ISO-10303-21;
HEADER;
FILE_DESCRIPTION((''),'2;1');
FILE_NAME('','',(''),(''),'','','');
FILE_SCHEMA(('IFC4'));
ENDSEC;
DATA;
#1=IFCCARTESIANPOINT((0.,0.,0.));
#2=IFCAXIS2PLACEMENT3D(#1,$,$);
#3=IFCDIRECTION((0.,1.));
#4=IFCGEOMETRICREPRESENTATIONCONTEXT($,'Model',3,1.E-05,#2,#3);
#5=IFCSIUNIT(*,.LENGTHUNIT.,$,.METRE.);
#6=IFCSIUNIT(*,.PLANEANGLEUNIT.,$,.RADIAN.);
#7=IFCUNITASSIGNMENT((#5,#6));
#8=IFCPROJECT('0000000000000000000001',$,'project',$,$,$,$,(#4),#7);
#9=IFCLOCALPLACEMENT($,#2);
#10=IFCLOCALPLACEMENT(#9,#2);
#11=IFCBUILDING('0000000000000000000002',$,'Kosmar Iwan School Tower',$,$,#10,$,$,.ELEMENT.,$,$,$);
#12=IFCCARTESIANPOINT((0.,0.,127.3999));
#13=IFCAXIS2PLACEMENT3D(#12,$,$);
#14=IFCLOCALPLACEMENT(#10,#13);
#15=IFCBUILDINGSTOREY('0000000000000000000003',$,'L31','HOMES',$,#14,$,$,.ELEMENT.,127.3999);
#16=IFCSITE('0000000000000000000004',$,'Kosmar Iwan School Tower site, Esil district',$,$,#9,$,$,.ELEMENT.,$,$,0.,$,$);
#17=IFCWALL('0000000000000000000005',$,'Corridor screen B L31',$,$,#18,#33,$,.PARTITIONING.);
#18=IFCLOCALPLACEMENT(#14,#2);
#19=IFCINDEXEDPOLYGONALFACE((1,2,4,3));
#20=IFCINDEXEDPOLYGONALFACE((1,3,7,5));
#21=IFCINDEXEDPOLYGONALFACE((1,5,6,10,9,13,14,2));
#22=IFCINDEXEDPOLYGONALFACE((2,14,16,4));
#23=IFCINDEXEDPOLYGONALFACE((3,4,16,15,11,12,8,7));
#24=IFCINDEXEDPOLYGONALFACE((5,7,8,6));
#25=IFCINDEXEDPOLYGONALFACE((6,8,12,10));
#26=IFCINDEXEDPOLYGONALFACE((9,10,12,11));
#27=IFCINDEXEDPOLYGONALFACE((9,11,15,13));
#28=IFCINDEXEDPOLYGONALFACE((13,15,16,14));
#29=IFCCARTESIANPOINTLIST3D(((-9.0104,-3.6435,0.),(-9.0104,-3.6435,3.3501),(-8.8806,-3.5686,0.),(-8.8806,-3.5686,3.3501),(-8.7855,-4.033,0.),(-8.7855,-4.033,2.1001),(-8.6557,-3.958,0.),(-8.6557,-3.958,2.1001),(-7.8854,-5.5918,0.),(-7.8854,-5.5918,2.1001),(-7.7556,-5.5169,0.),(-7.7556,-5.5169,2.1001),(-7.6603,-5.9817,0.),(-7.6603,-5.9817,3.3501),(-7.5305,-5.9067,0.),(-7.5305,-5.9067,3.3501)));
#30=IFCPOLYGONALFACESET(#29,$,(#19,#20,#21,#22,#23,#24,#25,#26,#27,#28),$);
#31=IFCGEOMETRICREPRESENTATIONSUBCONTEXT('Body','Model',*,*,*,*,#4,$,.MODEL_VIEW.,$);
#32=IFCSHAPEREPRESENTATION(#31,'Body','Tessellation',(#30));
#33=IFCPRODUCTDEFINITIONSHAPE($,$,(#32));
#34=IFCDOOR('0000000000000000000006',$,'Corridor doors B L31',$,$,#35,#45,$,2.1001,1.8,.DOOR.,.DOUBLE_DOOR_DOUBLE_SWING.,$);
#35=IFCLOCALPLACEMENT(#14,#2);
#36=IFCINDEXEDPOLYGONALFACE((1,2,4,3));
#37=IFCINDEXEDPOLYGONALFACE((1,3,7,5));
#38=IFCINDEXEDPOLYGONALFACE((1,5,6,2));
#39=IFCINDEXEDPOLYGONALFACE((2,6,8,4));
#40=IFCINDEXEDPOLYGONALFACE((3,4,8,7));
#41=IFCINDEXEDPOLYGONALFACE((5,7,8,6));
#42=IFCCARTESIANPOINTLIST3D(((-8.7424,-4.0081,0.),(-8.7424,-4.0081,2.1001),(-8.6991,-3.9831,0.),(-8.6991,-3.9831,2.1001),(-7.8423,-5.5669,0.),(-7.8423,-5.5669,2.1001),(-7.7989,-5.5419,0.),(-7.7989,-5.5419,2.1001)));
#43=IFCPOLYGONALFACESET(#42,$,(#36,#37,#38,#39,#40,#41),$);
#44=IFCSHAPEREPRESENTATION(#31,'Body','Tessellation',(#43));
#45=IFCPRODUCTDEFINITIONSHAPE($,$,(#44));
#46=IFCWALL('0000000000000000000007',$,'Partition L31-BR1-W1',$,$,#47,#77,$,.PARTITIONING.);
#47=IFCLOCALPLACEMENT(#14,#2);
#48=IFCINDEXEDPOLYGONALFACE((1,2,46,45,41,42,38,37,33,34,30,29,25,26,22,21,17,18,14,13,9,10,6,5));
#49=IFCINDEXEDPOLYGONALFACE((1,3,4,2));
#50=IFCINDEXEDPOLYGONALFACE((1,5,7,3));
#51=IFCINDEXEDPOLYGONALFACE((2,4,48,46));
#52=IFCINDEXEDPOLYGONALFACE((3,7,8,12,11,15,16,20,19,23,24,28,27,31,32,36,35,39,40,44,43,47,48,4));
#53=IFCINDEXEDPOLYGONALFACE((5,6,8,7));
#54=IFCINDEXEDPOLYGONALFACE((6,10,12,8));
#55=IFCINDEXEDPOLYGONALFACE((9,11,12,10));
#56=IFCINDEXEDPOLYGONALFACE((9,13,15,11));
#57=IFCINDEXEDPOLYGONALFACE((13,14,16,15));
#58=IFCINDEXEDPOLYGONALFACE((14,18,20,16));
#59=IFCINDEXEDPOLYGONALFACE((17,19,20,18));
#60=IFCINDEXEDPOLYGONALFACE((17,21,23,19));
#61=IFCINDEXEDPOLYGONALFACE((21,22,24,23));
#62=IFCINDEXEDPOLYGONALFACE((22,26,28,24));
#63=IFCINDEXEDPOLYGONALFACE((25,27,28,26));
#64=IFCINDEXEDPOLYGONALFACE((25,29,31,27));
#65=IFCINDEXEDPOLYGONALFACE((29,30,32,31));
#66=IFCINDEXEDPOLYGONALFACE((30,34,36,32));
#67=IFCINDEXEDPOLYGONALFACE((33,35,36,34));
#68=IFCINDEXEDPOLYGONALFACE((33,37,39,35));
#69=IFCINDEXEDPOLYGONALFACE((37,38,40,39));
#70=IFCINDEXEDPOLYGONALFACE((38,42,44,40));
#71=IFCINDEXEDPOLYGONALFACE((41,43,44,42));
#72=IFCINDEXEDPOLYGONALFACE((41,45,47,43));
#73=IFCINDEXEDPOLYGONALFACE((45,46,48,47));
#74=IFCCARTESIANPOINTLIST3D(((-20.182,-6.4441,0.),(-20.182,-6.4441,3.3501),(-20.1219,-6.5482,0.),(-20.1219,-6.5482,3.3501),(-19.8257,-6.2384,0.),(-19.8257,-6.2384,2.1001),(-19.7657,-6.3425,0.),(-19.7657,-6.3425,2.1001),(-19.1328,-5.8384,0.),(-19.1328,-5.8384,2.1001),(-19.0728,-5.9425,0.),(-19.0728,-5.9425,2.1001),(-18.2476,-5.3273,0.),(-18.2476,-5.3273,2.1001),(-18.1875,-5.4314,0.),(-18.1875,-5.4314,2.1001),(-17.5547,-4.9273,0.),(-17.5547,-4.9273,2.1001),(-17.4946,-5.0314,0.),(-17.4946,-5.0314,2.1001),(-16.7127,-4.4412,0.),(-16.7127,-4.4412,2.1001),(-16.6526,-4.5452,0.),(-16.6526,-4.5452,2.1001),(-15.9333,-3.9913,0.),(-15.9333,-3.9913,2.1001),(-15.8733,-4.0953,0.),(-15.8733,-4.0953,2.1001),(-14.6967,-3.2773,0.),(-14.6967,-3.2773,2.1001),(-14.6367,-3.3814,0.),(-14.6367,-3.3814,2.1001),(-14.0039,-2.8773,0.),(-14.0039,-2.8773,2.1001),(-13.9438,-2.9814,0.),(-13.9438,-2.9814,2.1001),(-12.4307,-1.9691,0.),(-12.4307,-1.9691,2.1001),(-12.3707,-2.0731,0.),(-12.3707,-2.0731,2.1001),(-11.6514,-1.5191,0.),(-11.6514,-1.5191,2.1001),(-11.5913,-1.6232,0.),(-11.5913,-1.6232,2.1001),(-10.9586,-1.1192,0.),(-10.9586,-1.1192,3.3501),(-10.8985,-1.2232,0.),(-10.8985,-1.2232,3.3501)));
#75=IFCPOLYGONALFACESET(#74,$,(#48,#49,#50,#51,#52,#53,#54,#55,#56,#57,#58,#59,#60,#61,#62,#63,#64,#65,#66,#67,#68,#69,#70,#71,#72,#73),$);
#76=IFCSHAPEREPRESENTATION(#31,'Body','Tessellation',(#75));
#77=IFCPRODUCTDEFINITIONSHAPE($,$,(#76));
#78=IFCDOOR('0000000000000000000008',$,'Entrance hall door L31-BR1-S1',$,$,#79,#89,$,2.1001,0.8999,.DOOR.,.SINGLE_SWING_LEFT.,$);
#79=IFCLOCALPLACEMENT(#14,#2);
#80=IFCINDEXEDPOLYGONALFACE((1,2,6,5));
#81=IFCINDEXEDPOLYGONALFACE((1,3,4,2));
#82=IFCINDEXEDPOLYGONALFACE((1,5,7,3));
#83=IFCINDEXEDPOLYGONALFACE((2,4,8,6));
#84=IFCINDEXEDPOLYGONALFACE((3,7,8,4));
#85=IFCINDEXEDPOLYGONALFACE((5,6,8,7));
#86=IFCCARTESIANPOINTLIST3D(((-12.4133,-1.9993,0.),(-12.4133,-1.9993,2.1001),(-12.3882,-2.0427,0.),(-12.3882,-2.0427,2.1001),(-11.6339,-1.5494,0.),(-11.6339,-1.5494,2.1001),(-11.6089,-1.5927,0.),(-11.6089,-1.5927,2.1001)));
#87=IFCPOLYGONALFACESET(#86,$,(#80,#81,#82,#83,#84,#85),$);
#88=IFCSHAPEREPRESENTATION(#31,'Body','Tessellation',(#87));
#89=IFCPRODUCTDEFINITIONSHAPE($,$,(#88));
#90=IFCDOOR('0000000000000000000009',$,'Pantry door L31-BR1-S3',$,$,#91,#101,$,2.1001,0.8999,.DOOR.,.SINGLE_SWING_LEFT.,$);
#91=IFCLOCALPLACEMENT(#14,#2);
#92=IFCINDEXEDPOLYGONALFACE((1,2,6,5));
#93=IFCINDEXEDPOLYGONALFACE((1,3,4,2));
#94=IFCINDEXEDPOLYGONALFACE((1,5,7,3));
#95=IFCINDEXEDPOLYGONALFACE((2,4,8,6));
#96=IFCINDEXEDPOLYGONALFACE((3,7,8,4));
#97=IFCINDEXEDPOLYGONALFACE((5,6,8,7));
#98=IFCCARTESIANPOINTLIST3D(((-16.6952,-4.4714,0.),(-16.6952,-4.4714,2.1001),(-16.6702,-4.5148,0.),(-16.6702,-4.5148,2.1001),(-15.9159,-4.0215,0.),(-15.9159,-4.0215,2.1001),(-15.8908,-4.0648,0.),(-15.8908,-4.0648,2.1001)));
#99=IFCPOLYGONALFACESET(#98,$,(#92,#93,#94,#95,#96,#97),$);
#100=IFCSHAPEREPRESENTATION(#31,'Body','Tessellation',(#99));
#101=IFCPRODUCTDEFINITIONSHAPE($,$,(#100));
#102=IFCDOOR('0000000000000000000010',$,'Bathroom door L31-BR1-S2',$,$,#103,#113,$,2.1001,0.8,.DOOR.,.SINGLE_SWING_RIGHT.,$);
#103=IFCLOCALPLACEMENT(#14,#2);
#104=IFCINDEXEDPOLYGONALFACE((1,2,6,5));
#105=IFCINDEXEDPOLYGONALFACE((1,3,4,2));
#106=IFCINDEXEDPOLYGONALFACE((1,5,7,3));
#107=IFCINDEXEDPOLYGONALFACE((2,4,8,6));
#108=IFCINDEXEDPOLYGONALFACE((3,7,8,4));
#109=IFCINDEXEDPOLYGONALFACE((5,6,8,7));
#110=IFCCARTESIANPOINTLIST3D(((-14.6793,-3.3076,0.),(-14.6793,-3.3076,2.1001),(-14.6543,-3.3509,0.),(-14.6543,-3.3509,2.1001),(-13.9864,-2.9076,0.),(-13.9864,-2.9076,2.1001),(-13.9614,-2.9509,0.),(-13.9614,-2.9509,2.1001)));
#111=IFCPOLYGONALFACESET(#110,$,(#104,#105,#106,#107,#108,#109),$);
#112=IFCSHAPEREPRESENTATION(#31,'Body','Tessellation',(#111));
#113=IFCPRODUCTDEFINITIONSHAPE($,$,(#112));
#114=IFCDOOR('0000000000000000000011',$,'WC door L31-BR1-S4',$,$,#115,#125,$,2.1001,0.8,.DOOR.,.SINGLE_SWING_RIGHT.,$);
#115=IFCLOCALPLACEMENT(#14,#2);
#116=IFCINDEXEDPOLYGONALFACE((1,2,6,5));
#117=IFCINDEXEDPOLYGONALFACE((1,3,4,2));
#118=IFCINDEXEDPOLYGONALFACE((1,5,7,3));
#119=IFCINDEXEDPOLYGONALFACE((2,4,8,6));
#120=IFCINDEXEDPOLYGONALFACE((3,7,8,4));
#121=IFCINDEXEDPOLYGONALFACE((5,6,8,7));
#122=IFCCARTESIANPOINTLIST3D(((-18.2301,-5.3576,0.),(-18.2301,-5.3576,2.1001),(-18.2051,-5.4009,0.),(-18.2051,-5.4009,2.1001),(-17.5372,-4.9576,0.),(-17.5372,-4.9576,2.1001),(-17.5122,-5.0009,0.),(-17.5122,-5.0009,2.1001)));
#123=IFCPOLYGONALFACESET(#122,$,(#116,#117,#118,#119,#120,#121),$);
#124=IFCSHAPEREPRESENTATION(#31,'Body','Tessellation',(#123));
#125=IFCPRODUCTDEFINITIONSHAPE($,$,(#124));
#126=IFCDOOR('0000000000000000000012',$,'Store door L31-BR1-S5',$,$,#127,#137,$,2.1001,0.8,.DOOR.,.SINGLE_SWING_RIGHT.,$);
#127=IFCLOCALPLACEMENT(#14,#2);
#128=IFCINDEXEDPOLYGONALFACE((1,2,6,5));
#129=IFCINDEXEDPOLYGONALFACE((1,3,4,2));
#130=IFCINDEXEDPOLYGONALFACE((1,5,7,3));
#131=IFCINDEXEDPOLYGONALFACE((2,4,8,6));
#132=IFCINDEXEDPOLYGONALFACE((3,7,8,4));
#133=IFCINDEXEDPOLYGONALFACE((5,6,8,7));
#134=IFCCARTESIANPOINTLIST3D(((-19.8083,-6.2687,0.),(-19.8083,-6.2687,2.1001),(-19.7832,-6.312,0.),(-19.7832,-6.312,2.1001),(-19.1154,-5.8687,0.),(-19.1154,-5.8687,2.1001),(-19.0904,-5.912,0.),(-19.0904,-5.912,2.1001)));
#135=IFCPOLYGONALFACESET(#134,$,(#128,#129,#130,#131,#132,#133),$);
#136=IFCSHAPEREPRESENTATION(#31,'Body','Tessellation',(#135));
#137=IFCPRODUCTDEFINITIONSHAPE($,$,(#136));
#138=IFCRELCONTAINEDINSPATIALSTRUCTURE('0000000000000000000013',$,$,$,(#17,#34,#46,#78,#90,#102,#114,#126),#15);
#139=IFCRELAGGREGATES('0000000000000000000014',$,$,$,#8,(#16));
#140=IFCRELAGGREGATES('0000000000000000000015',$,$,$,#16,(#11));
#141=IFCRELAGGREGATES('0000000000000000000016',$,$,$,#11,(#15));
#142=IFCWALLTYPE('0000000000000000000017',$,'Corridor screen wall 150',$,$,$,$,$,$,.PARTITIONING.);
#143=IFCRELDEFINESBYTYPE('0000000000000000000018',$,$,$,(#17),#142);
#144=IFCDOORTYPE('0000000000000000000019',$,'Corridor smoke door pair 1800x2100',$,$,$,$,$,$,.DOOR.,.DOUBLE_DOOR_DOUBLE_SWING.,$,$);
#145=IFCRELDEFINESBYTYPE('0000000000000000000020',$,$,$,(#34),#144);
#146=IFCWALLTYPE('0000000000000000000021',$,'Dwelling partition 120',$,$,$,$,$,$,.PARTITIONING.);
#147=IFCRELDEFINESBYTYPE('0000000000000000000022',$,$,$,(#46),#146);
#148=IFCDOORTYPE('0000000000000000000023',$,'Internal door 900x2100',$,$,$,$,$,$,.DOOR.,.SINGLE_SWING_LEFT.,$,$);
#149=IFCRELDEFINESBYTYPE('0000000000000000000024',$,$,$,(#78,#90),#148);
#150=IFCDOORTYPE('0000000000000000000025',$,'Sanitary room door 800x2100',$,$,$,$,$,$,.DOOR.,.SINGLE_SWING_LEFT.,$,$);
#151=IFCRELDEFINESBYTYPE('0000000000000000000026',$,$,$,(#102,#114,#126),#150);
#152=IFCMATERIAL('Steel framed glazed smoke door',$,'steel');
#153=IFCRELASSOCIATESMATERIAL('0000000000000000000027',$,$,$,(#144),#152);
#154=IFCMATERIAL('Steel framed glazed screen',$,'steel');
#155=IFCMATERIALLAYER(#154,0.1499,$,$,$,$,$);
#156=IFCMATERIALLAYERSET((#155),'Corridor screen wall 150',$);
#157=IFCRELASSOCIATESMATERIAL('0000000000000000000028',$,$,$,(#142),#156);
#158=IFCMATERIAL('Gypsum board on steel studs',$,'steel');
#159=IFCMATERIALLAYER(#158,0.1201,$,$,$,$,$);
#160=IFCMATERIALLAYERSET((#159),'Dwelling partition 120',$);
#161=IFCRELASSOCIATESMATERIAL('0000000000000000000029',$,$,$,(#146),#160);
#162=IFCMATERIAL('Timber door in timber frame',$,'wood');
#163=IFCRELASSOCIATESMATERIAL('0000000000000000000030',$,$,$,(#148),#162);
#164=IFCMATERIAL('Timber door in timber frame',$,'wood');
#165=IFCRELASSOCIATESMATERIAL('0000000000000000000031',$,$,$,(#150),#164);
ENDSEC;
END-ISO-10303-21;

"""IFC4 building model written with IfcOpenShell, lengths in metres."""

from ifc_helpers import new_model, si_unit, direction, frame, frame_2d, origin, place, context, subcontext, project, spatial, rectangle, extrude, material, layer, layer_set, type_object, element, fill, save


model = new_model("IFC4")

# Units and contexts
model_context = context("Model", 3, precision=1e-05, world=origin(), true_north=direction((0.0, 1.0)))
body_context = subcontext(model_context, "Body", "Model", "MODEL_VIEW")
ifc_project = project(units=[si_unit("LENGTHUNIT", "METRE"), si_unit("PLANEANGLEUNIT", "RADIAN")], contexts=[model_context])

# Site, building, storey
site_placement = place(None, origin())
site = spatial("IfcSite", under=ifc_project, at=site_placement, Name="Kosmar Iwan School Tower site, Esil district", CompositionType="ELEMENT", RefElevation=0.0)
building_placement = place(site_placement, origin())
building = spatial("IfcBuilding", under=site, at=building_placement, Name="Kosmar Iwan School Tower", CompositionType="ELEMENT")
storey_placement = place(building_placement, frame((0.0, 0.0, 127.3999)))
storey = spatial("IfcBuildingStorey", under=building, at=storey_placement, Name="L31", Description="HOMES", CompositionType="ELEMENT", Elevation=127.3999)

# Wall, opening, door
ifc_material_1 = material(Name="Steel framed glazed smoke door", Category="steel")
door_type_1 = type_object("IfcDoorType", Name="Corridor smoke door pair 1800x2100", OperationType="DOUBLE_DOOR_DOUBLE_SWING", PredefinedType="DOOR", material=ifc_material_1)
ifc_material_2 = material(Name="Steel framed glazed screen", Category="steel")
ifc_layer_1 = layer(ifc_material_2, 0.1499)
ifc_layer_set_1 = layer_set([ifc_layer_1], Name="Corridor screen wall 150")
wall_type_1 = type_object("IfcWallType", Name="Corridor screen wall 150", PredefinedType="PARTITIONING", material=ifc_layer_set_1)
wall_1_placement = place(storey_placement, frame((-8.9456, -3.606, 0.0), z_axis=(0.0, 0.0, 1.0), x_axis=(0.500049, -0.865997, 0.0)))
wall_1 = element("IfcWall", 1, at=wall_1_placement, inside=storey, type_object=wall_type_1, Name="Corridor screen B L31", PredefinedType="PARTITIONING", context=body_context, shape_type="SweptSolid", body=[
    extrude(rectangle(XDim=2.7, YDim=0.1499, at=frame_2d((1.3501, 0.0))), origin(), (0.0, 0.0, 1.0), 3.3501),
])
opening_1_placement = place(wall_1_placement, frame((0.45, 0.0, 0.0)))
opening_1 = element("IfcOpeningElement", 2, at=opening_1_placement, cuts=wall_1, PredefinedType="OPENING", context=body_context, shape_type="SweptSolid", body=[
    extrude(rectangle(XDim=1.8, YDim=2.1001, at=frame_2d((0.8999, 1.05))), frame((0.0, 0.0869, 0.0), z_axis=(0.0, -1.0, 0.0), x_axis=(1.0, 0.0, 0.0)), (0.0, 0.0, 1.0), 0.1738),
])
door_1_placement = place(opening_1_placement, origin())
door_1 = element("IfcDoor", 3, at=door_1_placement, inside=storey, type_object=door_type_1, Name="Corridor doors B L31", OperationType="DOUBLE_DOOR_DOUBLE_SWING", OverallHeight=2.1001, OverallWidth=1.8, PredefinedType="DOOR", context=body_context, shape_type="SweptSolid", body=[
    extrude(rectangle(XDim=1.8, YDim=2.1001, at=frame_2d((0.8999, 1.05))), frame((0.0, 0.0249, 0.0), z_axis=(0.0, -1.0, 0.0), x_axis=(1.0, 0.0, 0.0)), (0.0, 0.0, 1.0), 0.05),
])
fill(opening_1, door_1)

# Wall, openings, doors
ifc_material_3 = material(Name="Gypsum board on steel studs", Category="steel")
ifc_layer_2 = layer(ifc_material_3, 0.1201)
ifc_layer_set_2 = layer_set([ifc_layer_2], Name="Dwelling partition 120")
wall_type_2 = type_object("IfcWallType", Name="Dwelling partition 120", PredefinedType="PARTITIONING", material=ifc_layer_set_2)
wall_2_placement = place(storey_placement, frame((-10.9285, -1.1711, 0.0), z_axis=(0.0, 0.0, 1.0), x_axis=(-0.866033, -0.499988, 0.0)))
wall_2 = element("IfcWall", 4, at=wall_2_placement, inside=storey, type_object=wall_type_2, Name="Partition L31-BR1-W1", PredefinedType="PARTITIONING", context=body_context, shape_type="SweptSolid", body=[
    extrude(rectangle(XDim=10.6501, YDim=0.1201, at=frame_2d((5.3252, 0.0))), origin(), (0.0, 0.0, 1.0), 3.3501),
])
opening_2_placement = place(wall_2_placement, frame((0.8, 0.0, 0.0)))
opening_2 = element("IfcOpeningElement", 5, at=opening_2_placement, cuts=wall_2, PredefinedType="OPENING", context=body_context, shape_type="SweptSolid", body=[
    extrude(rectangle(XDim=0.8999, YDim=2.1001, at=frame_2d((0.45, 1.05))), frame((0.0, 0.072, 0.0), z_axis=(0.0, -1.0, 0.0), x_axis=(1.0, 0.0, 0.0)), (0.0, 0.0, 1.0), 0.144),
])
opening_3_placement = place(wall_2_placement, frame((3.5166, 0.0, 0.0)))
opening_3 = element("IfcOpeningElement", 6, at=opening_3_placement, cuts=wall_2, PredefinedType="OPENING", context=body_context, shape_type="SweptSolid", body=[
    extrude(rectangle(XDim=0.8, YDim=2.1001, at=frame_2d((0.3999, 1.05))), frame((0.0, 0.072, 0.0), z_axis=(0.0, -1.0, 0.0), x_axis=(1.0, 0.0, 0.0)), (0.0, 0.0, 1.0), 0.144),
])
opening_4_placement = place(wall_2_placement, frame((5.7444, 0.0, 0.0)))
opening_4 = element("IfcOpeningElement", 7, at=opening_4_placement, cuts=wall_2, PredefinedType="OPENING", context=body_context, shape_type="SweptSolid", body=[
    extrude(rectangle(XDim=0.8999, YDim=2.1001, at=frame_2d((0.45, 1.05))), frame((0.0, 0.072, 0.0), z_axis=(0.0, -1.0, 0.0), x_axis=(1.0, 0.0, 0.0)), (0.0, 0.0, 1.0), 0.144),
])
opening_5_placement = place(wall_2_placement, frame((7.6167, 0.0, 0.0)))
opening_5 = element("IfcOpeningElement", 8, at=opening_5_placement, cuts=wall_2, PredefinedType="OPENING", context=body_context, shape_type="SweptSolid", body=[
    extrude(rectangle(XDim=0.8, YDim=2.1001, at=frame_2d((0.3999, 1.05))), frame((0.0, 0.072, 0.0), z_axis=(0.0, -1.0, 0.0), x_axis=(1.0, 0.0, 0.0)), (0.0, 0.0, 1.0), 0.144),
])
opening_6_placement = place(wall_2_placement, frame((9.439, 0.0, 0.0)))
opening_6 = element("IfcOpeningElement", 9, at=opening_6_placement, cuts=wall_2, PredefinedType="OPENING", context=body_context, shape_type="SweptSolid", body=[
    extrude(rectangle(XDim=0.8, YDim=2.1001, at=frame_2d((0.3999, 1.05))), frame((0.0, 0.072, 0.0), z_axis=(0.0, -1.0, 0.0), x_axis=(1.0, 0.0, 0.0)), (0.0, 0.0, 1.0), 0.144),
])
ifc_material_4 = material(Name="Timber door in timber frame", Category="wood")
door_type_2 = type_object("IfcDoorType", Name="Internal door 900x2100", OperationType="SINGLE_SWING_LEFT", PredefinedType="DOOR", material=ifc_material_4)
door_2_placement = place(opening_2_placement, origin())
door_2 = element("IfcDoor", 10, at=door_2_placement, inside=storey, type_object=door_type_2, Name="Entrance hall door L31-BR1-S1", OperationType="SINGLE_SWING_LEFT", OverallHeight=2.1001, OverallWidth=0.8999, PredefinedType="DOOR", context=body_context, shape_type="SweptSolid", body=[
    extrude(rectangle(XDim=0.8999, YDim=2.1001, at=frame_2d((0.45, 1.05))), frame((0.0, 0.0249, 0.0), z_axis=(0.0, -1.0, 0.0), x_axis=(1.0, 0.0, 0.0)), (0.0, 0.0, 1.0), 0.05),
])
fill(opening_2, door_2)
door_3_placement = place(opening_4_placement, origin())
door_3 = element("IfcDoor", 11, at=door_3_placement, inside=storey, type_object=door_type_2, Name="Pantry door L31-BR1-S3", OperationType="SINGLE_SWING_LEFT", OverallHeight=2.1001, OverallWidth=0.8999, PredefinedType="DOOR", context=body_context, shape_type="SweptSolid", body=[
    extrude(rectangle(XDim=0.8999, YDim=2.1001, at=frame_2d((0.45, 1.05))), frame((0.0, 0.0249, 0.0), z_axis=(0.0, -1.0, 0.0), x_axis=(1.0, 0.0, 0.0)), (0.0, 0.0, 1.0), 0.05),
])
fill(opening_4, door_3)
ifc_material_5 = material(Name="Timber door in timber frame", Category="wood")
door_type_3 = type_object("IfcDoorType", Name="Sanitary room door 800x2100", OperationType="SINGLE_SWING_LEFT", PredefinedType="DOOR", material=ifc_material_5)
door_4_placement = place(opening_3_placement, origin())
door_4 = element("IfcDoor", 12, at=door_4_placement, inside=storey, type_object=door_type_3, Name="Bathroom door L31-BR1-S2", OperationType="SINGLE_SWING_RIGHT", OverallHeight=2.1001, OverallWidth=0.8, PredefinedType="DOOR", context=body_context, shape_type="SweptSolid", body=[
    extrude(rectangle(XDim=0.8, YDim=2.1001, at=frame_2d((0.3999, 1.05))), frame((0.0, 0.0249, 0.0), z_axis=(0.0, -1.0, 0.0), x_axis=(1.0, 0.0, 0.0)), (0.0, 0.0, 1.0), 0.05),
])
fill(opening_3, door_4)
door_5_placement = place(opening_5_placement, origin())
door_5 = element("IfcDoor", 13, at=door_5_placement, inside=storey, type_object=door_type_3, Name="WC door L31-BR1-S4", OperationType="SINGLE_SWING_RIGHT", OverallHeight=2.1001, OverallWidth=0.8, PredefinedType="DOOR", context=body_context, shape_type="SweptSolid", body=[
    extrude(rectangle(XDim=0.8, YDim=2.1001, at=frame_2d((0.3999, 1.05))), frame((0.0, 0.0249, 0.0), z_axis=(0.0, -1.0, 0.0), x_axis=(1.0, 0.0, 0.0)), (0.0, 0.0, 1.0), 0.05),
])
fill(opening_5, door_5)
door_6_placement = place(opening_6_placement, origin())
door_6 = element("IfcDoor", 14, at=door_6_placement, inside=storey, type_object=door_type_3, Name="Store door L31-BR1-S5", OperationType="SINGLE_SWING_RIGHT", OverallHeight=2.1001, OverallWidth=0.8, PredefinedType="DOOR", context=body_context, shape_type="SweptSolid", body=[
    extrude(rectangle(XDim=0.8, YDim=2.1001, at=frame_2d((0.3999, 1.05))), frame((0.0, 0.0249, 0.0), z_axis=(0.0, -1.0, 0.0), x_axis=(1.0, 0.0, 0.0)), (0.0, 0.0, 1.0), 0.05),
])
fill(opening_6, door_6)

save(model, "model.ifc")
